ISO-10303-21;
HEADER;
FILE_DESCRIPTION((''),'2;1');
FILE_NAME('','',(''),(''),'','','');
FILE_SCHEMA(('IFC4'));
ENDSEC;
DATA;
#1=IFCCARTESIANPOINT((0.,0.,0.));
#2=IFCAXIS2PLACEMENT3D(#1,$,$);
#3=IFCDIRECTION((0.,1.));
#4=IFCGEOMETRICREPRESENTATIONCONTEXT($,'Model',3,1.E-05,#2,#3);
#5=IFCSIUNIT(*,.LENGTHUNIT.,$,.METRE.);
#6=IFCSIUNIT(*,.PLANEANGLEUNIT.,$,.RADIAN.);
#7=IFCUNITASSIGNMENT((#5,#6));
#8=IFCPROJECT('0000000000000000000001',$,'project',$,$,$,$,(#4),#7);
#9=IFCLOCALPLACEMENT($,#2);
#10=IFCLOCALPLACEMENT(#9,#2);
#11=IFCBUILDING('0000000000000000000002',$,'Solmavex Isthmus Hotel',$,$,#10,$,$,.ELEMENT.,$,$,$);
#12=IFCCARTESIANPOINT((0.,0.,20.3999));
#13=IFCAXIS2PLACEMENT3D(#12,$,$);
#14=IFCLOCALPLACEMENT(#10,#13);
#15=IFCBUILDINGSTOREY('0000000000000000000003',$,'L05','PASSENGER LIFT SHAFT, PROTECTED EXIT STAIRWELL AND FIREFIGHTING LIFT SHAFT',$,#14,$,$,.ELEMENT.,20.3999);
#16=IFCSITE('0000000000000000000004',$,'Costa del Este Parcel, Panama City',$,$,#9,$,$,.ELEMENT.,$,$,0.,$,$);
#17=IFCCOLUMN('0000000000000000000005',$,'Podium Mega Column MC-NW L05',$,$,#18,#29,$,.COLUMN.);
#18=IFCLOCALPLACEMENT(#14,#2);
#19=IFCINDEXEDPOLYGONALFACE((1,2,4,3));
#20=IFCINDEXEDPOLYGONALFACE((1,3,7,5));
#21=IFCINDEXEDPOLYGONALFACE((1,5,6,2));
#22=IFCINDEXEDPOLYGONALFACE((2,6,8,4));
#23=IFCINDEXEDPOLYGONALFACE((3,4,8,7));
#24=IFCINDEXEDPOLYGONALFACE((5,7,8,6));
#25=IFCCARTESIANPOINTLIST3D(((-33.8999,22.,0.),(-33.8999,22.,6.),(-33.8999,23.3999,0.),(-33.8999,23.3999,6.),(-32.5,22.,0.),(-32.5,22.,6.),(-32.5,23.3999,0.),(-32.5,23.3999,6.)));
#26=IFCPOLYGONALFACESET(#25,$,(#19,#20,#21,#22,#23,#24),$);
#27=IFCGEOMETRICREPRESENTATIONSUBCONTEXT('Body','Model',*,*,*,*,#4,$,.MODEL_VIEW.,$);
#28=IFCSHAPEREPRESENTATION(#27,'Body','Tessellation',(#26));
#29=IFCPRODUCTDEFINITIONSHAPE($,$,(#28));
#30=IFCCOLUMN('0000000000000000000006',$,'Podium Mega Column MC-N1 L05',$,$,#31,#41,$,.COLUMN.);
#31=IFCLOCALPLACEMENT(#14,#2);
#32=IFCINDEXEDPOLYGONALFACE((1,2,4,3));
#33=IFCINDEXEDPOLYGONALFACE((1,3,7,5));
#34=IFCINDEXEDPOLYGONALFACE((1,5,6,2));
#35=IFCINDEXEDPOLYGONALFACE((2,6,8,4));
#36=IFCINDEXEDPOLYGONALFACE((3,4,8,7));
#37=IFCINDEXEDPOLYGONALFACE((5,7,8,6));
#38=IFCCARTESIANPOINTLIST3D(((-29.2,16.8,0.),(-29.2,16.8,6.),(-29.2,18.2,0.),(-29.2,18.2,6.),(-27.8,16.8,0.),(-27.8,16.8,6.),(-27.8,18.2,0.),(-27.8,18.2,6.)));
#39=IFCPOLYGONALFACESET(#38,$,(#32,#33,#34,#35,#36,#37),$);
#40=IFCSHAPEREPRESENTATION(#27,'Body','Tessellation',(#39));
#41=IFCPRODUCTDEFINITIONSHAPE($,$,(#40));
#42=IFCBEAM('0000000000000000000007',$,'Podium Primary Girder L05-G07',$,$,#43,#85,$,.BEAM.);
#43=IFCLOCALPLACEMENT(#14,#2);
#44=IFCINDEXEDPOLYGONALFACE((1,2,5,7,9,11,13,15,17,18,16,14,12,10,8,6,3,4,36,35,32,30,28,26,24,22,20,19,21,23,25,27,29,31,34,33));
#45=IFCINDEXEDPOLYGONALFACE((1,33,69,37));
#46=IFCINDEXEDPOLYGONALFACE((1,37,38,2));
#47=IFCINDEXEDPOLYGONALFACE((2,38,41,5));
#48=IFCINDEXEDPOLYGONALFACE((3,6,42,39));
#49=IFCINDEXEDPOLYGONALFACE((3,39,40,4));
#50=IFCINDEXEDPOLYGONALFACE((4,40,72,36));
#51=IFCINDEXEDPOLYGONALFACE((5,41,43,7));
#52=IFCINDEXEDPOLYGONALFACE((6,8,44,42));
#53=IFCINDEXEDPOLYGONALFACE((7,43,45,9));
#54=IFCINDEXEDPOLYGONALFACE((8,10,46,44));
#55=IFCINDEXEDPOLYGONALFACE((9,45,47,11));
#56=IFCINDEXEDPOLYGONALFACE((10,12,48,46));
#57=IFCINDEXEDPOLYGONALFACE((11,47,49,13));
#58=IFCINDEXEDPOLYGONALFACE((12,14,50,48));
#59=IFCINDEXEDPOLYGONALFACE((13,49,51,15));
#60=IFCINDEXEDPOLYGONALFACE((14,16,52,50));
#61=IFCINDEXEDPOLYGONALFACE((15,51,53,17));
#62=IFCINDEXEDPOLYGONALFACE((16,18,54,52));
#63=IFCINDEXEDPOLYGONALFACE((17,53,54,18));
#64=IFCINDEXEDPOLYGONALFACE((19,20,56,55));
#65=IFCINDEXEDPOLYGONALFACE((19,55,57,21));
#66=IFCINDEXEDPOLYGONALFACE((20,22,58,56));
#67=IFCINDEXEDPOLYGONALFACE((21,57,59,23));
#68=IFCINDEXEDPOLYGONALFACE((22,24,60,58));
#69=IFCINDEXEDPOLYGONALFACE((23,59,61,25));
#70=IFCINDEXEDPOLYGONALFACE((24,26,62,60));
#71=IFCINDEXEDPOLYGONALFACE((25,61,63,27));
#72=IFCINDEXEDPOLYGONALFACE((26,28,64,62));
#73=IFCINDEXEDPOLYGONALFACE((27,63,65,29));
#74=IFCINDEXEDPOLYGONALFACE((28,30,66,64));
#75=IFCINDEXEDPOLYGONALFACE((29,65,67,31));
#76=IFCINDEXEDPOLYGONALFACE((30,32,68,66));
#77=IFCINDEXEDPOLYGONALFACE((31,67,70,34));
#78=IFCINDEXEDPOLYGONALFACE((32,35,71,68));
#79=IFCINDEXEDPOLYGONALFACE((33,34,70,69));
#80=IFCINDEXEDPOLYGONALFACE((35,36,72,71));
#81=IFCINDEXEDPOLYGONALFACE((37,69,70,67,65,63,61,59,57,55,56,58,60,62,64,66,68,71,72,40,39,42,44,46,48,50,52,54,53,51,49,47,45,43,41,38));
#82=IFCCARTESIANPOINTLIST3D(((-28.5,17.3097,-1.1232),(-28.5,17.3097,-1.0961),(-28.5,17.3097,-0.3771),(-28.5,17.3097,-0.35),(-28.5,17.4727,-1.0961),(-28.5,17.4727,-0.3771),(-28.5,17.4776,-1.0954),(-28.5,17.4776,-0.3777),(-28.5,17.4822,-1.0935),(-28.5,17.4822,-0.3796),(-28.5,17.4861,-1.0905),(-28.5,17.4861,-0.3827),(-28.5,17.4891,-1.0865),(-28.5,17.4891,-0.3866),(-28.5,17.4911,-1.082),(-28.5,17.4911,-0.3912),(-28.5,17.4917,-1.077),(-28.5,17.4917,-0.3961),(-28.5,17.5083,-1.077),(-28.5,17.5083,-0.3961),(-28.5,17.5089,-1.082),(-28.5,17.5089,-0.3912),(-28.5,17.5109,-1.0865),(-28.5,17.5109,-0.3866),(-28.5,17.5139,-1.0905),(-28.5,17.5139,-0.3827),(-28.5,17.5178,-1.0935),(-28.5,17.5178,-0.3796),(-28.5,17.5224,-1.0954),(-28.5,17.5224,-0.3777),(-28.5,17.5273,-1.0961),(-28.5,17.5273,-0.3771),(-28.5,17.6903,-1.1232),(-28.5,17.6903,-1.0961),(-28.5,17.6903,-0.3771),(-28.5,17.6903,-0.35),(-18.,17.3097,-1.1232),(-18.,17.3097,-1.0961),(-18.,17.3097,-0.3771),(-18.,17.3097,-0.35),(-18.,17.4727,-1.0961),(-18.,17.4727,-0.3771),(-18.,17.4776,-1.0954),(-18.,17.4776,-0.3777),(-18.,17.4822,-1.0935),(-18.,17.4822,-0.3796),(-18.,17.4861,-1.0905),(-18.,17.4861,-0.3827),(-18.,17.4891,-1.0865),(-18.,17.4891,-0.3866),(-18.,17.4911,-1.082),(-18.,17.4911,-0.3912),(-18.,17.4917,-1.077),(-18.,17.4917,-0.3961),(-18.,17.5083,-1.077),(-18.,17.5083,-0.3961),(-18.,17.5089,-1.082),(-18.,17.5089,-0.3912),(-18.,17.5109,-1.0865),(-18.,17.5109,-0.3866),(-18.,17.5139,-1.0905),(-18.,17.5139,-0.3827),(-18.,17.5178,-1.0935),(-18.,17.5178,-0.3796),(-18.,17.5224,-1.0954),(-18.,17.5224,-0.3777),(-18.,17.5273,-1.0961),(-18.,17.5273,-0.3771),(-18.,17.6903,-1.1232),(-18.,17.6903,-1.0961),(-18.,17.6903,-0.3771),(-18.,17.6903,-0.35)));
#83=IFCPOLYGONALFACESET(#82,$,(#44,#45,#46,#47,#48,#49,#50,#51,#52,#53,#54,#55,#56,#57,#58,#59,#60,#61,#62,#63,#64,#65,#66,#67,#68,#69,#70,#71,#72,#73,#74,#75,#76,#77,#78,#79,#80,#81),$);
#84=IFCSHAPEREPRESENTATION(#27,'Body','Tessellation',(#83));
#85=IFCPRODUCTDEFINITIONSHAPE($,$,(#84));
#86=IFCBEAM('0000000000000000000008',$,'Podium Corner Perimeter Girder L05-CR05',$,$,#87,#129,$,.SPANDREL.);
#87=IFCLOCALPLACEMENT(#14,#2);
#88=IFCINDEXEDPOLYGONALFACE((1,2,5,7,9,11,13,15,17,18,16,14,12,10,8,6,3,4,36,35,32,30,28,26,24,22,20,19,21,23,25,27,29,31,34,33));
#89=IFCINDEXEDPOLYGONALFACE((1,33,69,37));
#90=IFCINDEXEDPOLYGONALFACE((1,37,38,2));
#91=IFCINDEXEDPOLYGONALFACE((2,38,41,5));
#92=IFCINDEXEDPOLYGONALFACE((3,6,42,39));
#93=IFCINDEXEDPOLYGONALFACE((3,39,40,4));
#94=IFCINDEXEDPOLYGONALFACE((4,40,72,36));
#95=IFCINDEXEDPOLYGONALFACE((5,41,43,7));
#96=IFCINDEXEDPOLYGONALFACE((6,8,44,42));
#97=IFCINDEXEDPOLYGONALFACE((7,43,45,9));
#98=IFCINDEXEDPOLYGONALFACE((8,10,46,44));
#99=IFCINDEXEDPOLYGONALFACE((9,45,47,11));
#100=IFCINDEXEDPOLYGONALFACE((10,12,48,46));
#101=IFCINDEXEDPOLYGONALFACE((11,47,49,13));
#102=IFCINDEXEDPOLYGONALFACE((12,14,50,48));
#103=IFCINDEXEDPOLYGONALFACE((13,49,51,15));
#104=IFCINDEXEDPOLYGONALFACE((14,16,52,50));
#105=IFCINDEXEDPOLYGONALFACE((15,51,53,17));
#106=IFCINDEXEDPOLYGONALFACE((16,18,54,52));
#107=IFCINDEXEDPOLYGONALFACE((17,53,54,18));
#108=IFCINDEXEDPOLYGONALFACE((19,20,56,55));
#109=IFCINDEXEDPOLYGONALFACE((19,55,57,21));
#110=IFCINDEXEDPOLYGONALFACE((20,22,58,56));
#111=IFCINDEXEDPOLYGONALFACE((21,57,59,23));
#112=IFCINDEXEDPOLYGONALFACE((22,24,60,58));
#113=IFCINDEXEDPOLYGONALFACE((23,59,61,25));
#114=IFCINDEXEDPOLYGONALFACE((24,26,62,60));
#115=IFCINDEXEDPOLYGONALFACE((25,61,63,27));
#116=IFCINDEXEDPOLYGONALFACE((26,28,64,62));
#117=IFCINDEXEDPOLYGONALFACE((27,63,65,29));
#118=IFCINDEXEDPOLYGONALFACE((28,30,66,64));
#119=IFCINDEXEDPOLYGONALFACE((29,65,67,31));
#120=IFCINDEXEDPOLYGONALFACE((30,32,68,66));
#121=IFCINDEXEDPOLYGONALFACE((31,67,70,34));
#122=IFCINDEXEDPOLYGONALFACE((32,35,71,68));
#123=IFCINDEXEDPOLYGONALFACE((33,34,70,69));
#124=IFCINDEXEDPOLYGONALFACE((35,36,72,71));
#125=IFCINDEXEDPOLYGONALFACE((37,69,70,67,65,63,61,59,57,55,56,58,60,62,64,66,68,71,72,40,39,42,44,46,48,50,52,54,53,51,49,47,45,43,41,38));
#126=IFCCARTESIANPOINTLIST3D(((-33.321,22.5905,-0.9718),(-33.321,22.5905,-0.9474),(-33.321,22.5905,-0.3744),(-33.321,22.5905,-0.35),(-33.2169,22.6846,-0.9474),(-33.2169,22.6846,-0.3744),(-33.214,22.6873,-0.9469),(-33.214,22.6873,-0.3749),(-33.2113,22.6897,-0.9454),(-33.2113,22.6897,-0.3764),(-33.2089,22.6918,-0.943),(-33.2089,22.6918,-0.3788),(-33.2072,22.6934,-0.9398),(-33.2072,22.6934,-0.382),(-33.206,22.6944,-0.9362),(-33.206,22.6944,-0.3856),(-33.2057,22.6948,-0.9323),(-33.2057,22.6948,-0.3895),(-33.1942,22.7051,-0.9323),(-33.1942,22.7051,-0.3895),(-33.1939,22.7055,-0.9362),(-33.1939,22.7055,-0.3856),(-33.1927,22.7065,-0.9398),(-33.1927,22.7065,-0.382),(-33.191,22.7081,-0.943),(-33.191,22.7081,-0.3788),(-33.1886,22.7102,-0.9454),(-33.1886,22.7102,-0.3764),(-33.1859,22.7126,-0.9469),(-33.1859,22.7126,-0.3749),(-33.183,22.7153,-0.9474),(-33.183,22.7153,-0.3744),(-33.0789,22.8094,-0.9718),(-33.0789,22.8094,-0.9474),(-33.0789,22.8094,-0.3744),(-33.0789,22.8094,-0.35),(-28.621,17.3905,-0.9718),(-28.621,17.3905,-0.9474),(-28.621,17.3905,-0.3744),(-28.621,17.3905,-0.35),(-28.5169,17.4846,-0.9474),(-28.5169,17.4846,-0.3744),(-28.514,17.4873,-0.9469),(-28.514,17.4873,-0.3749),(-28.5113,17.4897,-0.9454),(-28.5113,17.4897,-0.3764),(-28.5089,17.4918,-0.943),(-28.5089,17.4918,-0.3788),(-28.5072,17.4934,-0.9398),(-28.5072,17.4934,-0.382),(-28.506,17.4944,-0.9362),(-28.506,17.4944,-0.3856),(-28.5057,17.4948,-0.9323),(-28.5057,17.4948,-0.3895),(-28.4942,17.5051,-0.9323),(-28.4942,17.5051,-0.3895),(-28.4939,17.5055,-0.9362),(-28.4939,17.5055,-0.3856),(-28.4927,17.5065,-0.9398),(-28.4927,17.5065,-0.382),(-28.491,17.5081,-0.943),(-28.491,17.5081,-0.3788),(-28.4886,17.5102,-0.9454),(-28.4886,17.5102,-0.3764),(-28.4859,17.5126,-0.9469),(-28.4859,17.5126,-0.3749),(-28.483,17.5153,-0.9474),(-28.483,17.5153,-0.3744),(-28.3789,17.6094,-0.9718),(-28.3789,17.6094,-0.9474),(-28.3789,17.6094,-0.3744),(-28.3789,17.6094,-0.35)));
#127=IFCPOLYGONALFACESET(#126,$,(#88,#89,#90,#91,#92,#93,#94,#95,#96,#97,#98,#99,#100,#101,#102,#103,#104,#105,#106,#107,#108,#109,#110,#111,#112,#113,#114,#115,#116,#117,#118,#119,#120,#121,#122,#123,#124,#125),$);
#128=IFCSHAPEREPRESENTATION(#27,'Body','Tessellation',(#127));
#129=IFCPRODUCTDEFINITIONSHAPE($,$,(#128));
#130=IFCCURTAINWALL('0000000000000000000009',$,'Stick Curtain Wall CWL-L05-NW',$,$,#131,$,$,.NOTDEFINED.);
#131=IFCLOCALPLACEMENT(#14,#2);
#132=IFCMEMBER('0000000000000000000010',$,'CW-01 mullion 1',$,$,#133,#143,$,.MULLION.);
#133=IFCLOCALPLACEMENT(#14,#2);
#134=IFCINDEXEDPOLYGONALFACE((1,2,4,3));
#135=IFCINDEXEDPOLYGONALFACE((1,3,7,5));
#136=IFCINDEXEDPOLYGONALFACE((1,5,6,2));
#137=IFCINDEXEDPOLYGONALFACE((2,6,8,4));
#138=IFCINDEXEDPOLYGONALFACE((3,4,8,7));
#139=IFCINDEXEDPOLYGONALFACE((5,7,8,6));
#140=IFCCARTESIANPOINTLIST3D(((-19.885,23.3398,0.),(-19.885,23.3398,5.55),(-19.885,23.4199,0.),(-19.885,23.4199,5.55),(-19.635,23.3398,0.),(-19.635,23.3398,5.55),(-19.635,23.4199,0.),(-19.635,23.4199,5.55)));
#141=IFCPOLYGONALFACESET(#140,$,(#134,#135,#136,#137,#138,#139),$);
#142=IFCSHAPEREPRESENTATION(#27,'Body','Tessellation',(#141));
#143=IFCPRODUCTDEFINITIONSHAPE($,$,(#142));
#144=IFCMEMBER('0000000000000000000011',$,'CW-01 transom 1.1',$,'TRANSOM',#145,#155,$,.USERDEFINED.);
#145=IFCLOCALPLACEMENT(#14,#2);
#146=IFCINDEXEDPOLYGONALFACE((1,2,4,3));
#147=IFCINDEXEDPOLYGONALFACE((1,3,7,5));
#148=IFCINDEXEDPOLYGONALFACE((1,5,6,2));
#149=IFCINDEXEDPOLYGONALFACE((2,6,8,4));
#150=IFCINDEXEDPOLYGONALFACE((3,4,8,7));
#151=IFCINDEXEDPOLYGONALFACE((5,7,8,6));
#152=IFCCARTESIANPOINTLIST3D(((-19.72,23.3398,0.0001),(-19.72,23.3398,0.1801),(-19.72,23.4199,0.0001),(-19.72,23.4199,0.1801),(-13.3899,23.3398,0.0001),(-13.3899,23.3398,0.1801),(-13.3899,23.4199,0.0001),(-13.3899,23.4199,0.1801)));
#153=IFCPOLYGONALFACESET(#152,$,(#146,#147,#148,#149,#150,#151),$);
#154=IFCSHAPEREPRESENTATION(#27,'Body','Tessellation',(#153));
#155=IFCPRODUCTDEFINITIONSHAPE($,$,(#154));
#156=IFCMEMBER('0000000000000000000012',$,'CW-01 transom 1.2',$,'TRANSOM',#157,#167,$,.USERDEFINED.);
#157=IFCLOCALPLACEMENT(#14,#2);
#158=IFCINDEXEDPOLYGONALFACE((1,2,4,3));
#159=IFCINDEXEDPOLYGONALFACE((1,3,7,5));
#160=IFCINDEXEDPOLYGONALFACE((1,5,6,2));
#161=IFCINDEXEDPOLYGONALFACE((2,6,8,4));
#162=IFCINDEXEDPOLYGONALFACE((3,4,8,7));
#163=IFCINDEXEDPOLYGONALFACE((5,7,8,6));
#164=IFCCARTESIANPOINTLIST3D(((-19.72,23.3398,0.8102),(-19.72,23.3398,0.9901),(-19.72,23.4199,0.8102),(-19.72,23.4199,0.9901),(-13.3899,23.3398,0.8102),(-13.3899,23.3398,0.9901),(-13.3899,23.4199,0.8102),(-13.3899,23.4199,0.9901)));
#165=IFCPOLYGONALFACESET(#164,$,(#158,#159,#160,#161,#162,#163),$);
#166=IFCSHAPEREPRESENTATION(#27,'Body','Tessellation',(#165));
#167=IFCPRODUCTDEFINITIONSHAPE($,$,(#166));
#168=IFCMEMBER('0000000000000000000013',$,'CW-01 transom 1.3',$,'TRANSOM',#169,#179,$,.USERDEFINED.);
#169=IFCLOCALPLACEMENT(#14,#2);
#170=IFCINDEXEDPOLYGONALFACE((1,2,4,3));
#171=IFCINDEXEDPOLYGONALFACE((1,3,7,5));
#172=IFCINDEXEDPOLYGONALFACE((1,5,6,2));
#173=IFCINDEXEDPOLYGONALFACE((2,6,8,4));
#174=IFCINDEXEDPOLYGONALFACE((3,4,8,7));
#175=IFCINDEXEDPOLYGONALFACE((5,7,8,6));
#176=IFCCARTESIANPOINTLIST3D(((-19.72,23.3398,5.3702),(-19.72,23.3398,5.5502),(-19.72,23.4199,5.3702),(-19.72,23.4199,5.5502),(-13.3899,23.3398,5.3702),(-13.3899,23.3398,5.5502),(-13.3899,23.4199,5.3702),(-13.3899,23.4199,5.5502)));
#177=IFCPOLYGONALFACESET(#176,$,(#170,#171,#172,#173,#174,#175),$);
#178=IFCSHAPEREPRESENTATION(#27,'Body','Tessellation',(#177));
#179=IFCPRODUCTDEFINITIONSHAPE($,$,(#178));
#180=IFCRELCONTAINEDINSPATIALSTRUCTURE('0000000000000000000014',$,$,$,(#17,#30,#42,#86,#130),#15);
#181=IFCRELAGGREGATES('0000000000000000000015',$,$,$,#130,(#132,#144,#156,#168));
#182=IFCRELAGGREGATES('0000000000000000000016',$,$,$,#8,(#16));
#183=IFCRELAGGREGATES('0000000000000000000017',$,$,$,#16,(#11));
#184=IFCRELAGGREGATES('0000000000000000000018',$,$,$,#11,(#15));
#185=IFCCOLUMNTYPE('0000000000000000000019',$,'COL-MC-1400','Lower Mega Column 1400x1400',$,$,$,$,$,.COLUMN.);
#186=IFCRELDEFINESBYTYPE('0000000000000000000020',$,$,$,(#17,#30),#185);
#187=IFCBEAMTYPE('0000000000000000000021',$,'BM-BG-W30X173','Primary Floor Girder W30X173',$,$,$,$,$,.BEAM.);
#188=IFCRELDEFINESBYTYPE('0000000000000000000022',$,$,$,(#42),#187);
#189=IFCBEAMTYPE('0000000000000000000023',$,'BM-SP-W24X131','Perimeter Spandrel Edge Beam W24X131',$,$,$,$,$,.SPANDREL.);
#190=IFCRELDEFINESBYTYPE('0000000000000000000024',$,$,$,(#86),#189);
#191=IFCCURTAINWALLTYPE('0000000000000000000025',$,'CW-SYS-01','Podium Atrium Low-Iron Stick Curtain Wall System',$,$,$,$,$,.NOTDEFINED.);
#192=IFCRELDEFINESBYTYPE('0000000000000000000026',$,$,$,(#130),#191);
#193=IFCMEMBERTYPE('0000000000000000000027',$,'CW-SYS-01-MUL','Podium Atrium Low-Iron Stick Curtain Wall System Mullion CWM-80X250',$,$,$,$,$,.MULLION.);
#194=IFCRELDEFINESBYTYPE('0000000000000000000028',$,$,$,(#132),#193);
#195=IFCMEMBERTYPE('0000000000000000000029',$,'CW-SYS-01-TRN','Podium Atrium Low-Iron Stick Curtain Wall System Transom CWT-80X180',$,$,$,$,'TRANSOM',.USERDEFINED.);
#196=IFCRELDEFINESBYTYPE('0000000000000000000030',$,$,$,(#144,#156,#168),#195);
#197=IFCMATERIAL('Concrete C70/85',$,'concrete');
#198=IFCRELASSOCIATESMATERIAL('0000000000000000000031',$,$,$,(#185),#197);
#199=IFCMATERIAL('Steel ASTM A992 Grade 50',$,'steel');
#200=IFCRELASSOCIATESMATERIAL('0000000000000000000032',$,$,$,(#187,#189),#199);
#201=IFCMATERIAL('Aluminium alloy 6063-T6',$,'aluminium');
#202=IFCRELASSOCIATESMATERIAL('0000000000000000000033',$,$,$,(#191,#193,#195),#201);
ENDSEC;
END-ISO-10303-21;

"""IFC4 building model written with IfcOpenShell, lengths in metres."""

from ifc_helpers import new_model, si_unit, direction, frame, origin, origin_2d, place, context, subcontext, project, spatial, rectangle, i_section, extrude, material, material_profile, profile_set, type_object, element, aggregate, save


model = new_model("IFC4")

# Units and contexts
model_context = context("Model", 3, precision=1e-05, world=origin(), true_north=direction((0.0, 1.0)))
body_context = subcontext(model_context, "Body", "Model", "MODEL_VIEW")
ifc_project = project(units=[si_unit("LENGTHUNIT", "METRE"), si_unit("PLANEANGLEUNIT", "RADIAN")], contexts=[model_context])

# Site, building, storey
site_placement = place(None, origin())
site = spatial("IfcSite", under=ifc_project, at=site_placement, Name="Costa del Este Parcel, Panama City", CompositionType="ELEMENT", RefElevation=0.0)
building_placement = place(site_placement, origin())
building = spatial("IfcBuilding", under=site, at=building_placement, Name="Solmavex Isthmus Hotel", CompositionType="ELEMENT")
storey_placement = place(building_placement, frame((0.0, 0.0, 20.3999)))
storey = spatial("IfcBuildingStorey", under=building, at=storey_placement, Name="L05", Description="PASSENGER LIFT SHAFT, PROTECTED EXIT STAIRWELL AND FIREFIGHTING LIFT SHAFT", CompositionType="ELEMENT", Elevation=20.3999)

# Columns
ifc_material_1 = material(Name="Concrete C70/85", Category="concrete")
ifc_material_profile_1 = material_profile(ifc_material_1, rectangle(XDim=1.3999, YDim=1.3999, at=origin_2d()), Name="RC1400X1400")
ifc_profile_set_1 = profile_set([ifc_material_profile_1], Name="Concrete C70/85")
column_type = type_object("IfcColumnType", Name="COL-MC-1400", Description="Lower Mega Column 1400x1400", PredefinedType="COLUMN", material=ifc_profile_set_1)
for number, where, z_axis, x_axis, name in (
    (1, (-33.2, 22.7, 0.0), (0.0, 0.0, 1.0), (1.0, 0.0, 0.0), "Podium Mega Column MC-NW L05"),
    (2, (-28.5, 17.5, 0.0), (0.0, 0.0, 1.0), (1.0, 0.0, 0.0), "Podium Mega Column MC-N1 L05"),
):
    element("IfcColumn", number, at=place(storey_placement, frame(where, z_axis=z_axis, x_axis=x_axis)), inside=storey, type_object=column_type, Name=name, PredefinedType="COLUMN", context=body_context, shape_type="SweptSolid", body=[
        extrude(rectangle(XDim=1.3999, YDim=1.3999, at=origin_2d()), origin(), (0.0, 0.0, 1.0), 6.0),
    ])

# Beams
ifc_material_2 = material(Name="Steel ASTM A992 Grade 50", Category="steel")
ifc_material_profile_2 = material_profile(ifc_material_2, i_section(OverallWidth=0.3806, OverallDepth=0.7732, WebThickness=0.0166, FlangeThickness=0.0271, FilletRadius=0.019, at=origin_2d()), Name="W30X173")
ifc_profile_set_2 = profile_set([ifc_material_profile_2], Name="Steel ASTM A992 Grade 50")
beam_type_1 = type_object("IfcBeamType", Name="BM-BG-W30X173", Description="Primary Floor Girder W30X173", PredefinedType="BEAM", material=ifc_profile_set_2)
beam_1_placement = place(storey_placement, frame((-28.5, 17.5, -0.7366), z_axis=(1.0, 0.0, 0.0), x_axis=(0.0, 1.0, 0.0)))
element("IfcBeam", 3, at=beam_1_placement, inside=storey, type_object=beam_type_1, Name="Podium Primary Girder L05-G07", PredefinedType="BEAM", context=body_context, shape_type="SweptSolid", body=[
    extrude(i_section(OverallWidth=0.3806, OverallDepth=0.7732, WebThickness=0.0166, FlangeThickness=0.0271, FilletRadius=0.019, at=origin_2d()), origin(), (0.0, 0.0, 1.0), 10.5),
])
ifc_material_profile_3 = material_profile(ifc_material_2, i_section(OverallWidth=0.3264, OverallDepth=0.6218, WebThickness=0.0154, FlangeThickness=0.0244, FilletRadius=0.0151, at=origin_2d()), Name="W24X131")
ifc_profile_set_3 = profile_set([ifc_material_profile_3], Name="Steel ASTM A992 Grade 50")
beam_type_2 = type_object("IfcBeamType", Name="BM-SP-W24X131", Description="Perimeter Spandrel Edge Beam W24X131", PredefinedType="SPANDREL", material=ifc_profile_set_3)
beam_2_placement = place(storey_placement, frame((-33.2, 22.7, -0.6609), z_axis=(0.670539, -0.741874, 0.0), x_axis=(0.741874, 0.670539, 0.0)))
element("IfcBeam", 4, at=beam_2_placement, inside=storey, type_object=beam_type_2, Name="Podium Corner Perimeter Girder L05-CR05", PredefinedType="SPANDREL", context=body_context, shape_type="SweptSolid", body=[
    extrude(i_section(OverallWidth=0.3264, OverallDepth=0.6218, WebThickness=0.0154, FlangeThickness=0.0244, FilletRadius=0.0151, at=origin_2d()), origin(), (0.0, 0.0, 1.0), 7.0093),
])

# Curtain wall, members
ifc_material_3 = material(Name="Aluminium alloy 6063-T6", Category="aluminium")
curtain_wall_type = type_object("IfcCurtainWallType", Name="CW-SYS-01", Description="Podium Atrium Low-Iron Stick Curtain Wall System", PredefinedType="NOTDEFINED", material=ifc_material_3)
curtain_wall_placement = place(storey_placement, origin())
curtain_wall = element("IfcCurtainWall", 5, at=curtain_wall_placement, inside=storey, type_object=curtain_wall_type, Name="Stick Curtain Wall CWL-L05-NW", PredefinedType="NOTDEFINED")
ifc_material_profile_4 = material_profile(ifc_material_3, rectangle(XDim=0.0801, YDim=0.25, at=origin_2d()), Name="CWM-80X250")
ifc_profile_set_4 = profile_set([ifc_material_profile_4], Name="Aluminium alloy 6063-T6")
member_type_1 = type_object("IfcMemberType", Name="CW-SYS-01-MUL", Description="Podium Atrium Low-Iron Stick Curtain Wall System Mullion CWM-80X250", PredefinedType="MULLION", material=ifc_profile_set_4)
member_1_placement = place(storey_placement, frame((-19.76, 23.3799, 0.0), z_axis=(0.0, 0.0, 1.0), x_axis=(0.0, 1.0, 0.0)))
member_1 = element("IfcMember", 6, at=member_1_placement, type_object=member_type_1, Name="CW-01 mullion 1", PredefinedType="MULLION", context=body_context, shape_type="SweptSolid", body=[
    extrude(rectangle(XDim=0.0801, YDim=0.25, at=origin_2d()), origin(), (0.0, 0.0, 1.0), 5.55),
])
ifc_material_profile_5 = material_profile(ifc_material_3, rectangle(XDim=0.0801, YDim=0.1799, at=origin_2d()), Name="CWT-80X180")
ifc_profile_set_5 = profile_set([ifc_material_profile_5], Name="Aluminium alloy 6063-T6")
member_type_2 = type_object("IfcMemberType", Name="CW-SYS-01-TRN", Description="Podium Atrium Low-Iron Stick Curtain Wall System Transom CWT-80X180", ElementType="TRANSOM", PredefinedType="USERDEFINED", material=ifc_profile_set_5)
member_2_placement = place(storey_placement, frame((-19.72, 23.3799, 0.0901), z_axis=(1.0, 0.0, 0.0), x_axis=(0.0, 1.0, 0.0)))
member_2 = element("IfcMember", 7, at=member_2_placement, type_object=member_type_2, Name="CW-01 transom 1.1", ObjectType="TRANSOM", PredefinedType="USERDEFINED", context=body_context, shape_type="SweptSolid", body=[
    extrude(rectangle(XDim=0.0801, YDim=0.1799, at=origin_2d()), origin(), (0.0, 0.0, 1.0), 6.3301),
])
member_3_placement = place(storey_placement, frame((-19.72, 23.3799, 0.9001), z_axis=(1.0, 0.0, 0.0), x_axis=(0.0, 1.0, 0.0)))
member_3 = element("IfcMember", 8, at=member_3_placement, type_object=member_type_2, Name="CW-01 transom 1.2", ObjectType="TRANSOM", PredefinedType="USERDEFINED", context=body_context, shape_type="SweptSolid", body=[
    extrude(rectangle(XDim=0.0801, YDim=0.1799, at=origin_2d()), origin(), (0.0, 0.0, 1.0), 6.3301),
])
member_4_placement = place(storey_placement, frame((-19.72, 23.3799, 5.4602), z_axis=(1.0, 0.0, 0.0), x_axis=(0.0, 1.0, 0.0)))
member_4 = element("IfcMember", 9, at=member_4_placement, type_object=member_type_2, Name="CW-01 transom 1.3", ObjectType="TRANSOM", PredefinedType="USERDEFINED", context=body_context, shape_type="SweptSolid", body=[
    extrude(rectangle(XDim=0.0801, YDim=0.1799, at=origin_2d()), origin(), (0.0, 0.0, 1.0), 6.3301),
])
aggregate(curtain_wall, [member_1, member_2, member_3, member_4])

save(model, "model.ifc")
